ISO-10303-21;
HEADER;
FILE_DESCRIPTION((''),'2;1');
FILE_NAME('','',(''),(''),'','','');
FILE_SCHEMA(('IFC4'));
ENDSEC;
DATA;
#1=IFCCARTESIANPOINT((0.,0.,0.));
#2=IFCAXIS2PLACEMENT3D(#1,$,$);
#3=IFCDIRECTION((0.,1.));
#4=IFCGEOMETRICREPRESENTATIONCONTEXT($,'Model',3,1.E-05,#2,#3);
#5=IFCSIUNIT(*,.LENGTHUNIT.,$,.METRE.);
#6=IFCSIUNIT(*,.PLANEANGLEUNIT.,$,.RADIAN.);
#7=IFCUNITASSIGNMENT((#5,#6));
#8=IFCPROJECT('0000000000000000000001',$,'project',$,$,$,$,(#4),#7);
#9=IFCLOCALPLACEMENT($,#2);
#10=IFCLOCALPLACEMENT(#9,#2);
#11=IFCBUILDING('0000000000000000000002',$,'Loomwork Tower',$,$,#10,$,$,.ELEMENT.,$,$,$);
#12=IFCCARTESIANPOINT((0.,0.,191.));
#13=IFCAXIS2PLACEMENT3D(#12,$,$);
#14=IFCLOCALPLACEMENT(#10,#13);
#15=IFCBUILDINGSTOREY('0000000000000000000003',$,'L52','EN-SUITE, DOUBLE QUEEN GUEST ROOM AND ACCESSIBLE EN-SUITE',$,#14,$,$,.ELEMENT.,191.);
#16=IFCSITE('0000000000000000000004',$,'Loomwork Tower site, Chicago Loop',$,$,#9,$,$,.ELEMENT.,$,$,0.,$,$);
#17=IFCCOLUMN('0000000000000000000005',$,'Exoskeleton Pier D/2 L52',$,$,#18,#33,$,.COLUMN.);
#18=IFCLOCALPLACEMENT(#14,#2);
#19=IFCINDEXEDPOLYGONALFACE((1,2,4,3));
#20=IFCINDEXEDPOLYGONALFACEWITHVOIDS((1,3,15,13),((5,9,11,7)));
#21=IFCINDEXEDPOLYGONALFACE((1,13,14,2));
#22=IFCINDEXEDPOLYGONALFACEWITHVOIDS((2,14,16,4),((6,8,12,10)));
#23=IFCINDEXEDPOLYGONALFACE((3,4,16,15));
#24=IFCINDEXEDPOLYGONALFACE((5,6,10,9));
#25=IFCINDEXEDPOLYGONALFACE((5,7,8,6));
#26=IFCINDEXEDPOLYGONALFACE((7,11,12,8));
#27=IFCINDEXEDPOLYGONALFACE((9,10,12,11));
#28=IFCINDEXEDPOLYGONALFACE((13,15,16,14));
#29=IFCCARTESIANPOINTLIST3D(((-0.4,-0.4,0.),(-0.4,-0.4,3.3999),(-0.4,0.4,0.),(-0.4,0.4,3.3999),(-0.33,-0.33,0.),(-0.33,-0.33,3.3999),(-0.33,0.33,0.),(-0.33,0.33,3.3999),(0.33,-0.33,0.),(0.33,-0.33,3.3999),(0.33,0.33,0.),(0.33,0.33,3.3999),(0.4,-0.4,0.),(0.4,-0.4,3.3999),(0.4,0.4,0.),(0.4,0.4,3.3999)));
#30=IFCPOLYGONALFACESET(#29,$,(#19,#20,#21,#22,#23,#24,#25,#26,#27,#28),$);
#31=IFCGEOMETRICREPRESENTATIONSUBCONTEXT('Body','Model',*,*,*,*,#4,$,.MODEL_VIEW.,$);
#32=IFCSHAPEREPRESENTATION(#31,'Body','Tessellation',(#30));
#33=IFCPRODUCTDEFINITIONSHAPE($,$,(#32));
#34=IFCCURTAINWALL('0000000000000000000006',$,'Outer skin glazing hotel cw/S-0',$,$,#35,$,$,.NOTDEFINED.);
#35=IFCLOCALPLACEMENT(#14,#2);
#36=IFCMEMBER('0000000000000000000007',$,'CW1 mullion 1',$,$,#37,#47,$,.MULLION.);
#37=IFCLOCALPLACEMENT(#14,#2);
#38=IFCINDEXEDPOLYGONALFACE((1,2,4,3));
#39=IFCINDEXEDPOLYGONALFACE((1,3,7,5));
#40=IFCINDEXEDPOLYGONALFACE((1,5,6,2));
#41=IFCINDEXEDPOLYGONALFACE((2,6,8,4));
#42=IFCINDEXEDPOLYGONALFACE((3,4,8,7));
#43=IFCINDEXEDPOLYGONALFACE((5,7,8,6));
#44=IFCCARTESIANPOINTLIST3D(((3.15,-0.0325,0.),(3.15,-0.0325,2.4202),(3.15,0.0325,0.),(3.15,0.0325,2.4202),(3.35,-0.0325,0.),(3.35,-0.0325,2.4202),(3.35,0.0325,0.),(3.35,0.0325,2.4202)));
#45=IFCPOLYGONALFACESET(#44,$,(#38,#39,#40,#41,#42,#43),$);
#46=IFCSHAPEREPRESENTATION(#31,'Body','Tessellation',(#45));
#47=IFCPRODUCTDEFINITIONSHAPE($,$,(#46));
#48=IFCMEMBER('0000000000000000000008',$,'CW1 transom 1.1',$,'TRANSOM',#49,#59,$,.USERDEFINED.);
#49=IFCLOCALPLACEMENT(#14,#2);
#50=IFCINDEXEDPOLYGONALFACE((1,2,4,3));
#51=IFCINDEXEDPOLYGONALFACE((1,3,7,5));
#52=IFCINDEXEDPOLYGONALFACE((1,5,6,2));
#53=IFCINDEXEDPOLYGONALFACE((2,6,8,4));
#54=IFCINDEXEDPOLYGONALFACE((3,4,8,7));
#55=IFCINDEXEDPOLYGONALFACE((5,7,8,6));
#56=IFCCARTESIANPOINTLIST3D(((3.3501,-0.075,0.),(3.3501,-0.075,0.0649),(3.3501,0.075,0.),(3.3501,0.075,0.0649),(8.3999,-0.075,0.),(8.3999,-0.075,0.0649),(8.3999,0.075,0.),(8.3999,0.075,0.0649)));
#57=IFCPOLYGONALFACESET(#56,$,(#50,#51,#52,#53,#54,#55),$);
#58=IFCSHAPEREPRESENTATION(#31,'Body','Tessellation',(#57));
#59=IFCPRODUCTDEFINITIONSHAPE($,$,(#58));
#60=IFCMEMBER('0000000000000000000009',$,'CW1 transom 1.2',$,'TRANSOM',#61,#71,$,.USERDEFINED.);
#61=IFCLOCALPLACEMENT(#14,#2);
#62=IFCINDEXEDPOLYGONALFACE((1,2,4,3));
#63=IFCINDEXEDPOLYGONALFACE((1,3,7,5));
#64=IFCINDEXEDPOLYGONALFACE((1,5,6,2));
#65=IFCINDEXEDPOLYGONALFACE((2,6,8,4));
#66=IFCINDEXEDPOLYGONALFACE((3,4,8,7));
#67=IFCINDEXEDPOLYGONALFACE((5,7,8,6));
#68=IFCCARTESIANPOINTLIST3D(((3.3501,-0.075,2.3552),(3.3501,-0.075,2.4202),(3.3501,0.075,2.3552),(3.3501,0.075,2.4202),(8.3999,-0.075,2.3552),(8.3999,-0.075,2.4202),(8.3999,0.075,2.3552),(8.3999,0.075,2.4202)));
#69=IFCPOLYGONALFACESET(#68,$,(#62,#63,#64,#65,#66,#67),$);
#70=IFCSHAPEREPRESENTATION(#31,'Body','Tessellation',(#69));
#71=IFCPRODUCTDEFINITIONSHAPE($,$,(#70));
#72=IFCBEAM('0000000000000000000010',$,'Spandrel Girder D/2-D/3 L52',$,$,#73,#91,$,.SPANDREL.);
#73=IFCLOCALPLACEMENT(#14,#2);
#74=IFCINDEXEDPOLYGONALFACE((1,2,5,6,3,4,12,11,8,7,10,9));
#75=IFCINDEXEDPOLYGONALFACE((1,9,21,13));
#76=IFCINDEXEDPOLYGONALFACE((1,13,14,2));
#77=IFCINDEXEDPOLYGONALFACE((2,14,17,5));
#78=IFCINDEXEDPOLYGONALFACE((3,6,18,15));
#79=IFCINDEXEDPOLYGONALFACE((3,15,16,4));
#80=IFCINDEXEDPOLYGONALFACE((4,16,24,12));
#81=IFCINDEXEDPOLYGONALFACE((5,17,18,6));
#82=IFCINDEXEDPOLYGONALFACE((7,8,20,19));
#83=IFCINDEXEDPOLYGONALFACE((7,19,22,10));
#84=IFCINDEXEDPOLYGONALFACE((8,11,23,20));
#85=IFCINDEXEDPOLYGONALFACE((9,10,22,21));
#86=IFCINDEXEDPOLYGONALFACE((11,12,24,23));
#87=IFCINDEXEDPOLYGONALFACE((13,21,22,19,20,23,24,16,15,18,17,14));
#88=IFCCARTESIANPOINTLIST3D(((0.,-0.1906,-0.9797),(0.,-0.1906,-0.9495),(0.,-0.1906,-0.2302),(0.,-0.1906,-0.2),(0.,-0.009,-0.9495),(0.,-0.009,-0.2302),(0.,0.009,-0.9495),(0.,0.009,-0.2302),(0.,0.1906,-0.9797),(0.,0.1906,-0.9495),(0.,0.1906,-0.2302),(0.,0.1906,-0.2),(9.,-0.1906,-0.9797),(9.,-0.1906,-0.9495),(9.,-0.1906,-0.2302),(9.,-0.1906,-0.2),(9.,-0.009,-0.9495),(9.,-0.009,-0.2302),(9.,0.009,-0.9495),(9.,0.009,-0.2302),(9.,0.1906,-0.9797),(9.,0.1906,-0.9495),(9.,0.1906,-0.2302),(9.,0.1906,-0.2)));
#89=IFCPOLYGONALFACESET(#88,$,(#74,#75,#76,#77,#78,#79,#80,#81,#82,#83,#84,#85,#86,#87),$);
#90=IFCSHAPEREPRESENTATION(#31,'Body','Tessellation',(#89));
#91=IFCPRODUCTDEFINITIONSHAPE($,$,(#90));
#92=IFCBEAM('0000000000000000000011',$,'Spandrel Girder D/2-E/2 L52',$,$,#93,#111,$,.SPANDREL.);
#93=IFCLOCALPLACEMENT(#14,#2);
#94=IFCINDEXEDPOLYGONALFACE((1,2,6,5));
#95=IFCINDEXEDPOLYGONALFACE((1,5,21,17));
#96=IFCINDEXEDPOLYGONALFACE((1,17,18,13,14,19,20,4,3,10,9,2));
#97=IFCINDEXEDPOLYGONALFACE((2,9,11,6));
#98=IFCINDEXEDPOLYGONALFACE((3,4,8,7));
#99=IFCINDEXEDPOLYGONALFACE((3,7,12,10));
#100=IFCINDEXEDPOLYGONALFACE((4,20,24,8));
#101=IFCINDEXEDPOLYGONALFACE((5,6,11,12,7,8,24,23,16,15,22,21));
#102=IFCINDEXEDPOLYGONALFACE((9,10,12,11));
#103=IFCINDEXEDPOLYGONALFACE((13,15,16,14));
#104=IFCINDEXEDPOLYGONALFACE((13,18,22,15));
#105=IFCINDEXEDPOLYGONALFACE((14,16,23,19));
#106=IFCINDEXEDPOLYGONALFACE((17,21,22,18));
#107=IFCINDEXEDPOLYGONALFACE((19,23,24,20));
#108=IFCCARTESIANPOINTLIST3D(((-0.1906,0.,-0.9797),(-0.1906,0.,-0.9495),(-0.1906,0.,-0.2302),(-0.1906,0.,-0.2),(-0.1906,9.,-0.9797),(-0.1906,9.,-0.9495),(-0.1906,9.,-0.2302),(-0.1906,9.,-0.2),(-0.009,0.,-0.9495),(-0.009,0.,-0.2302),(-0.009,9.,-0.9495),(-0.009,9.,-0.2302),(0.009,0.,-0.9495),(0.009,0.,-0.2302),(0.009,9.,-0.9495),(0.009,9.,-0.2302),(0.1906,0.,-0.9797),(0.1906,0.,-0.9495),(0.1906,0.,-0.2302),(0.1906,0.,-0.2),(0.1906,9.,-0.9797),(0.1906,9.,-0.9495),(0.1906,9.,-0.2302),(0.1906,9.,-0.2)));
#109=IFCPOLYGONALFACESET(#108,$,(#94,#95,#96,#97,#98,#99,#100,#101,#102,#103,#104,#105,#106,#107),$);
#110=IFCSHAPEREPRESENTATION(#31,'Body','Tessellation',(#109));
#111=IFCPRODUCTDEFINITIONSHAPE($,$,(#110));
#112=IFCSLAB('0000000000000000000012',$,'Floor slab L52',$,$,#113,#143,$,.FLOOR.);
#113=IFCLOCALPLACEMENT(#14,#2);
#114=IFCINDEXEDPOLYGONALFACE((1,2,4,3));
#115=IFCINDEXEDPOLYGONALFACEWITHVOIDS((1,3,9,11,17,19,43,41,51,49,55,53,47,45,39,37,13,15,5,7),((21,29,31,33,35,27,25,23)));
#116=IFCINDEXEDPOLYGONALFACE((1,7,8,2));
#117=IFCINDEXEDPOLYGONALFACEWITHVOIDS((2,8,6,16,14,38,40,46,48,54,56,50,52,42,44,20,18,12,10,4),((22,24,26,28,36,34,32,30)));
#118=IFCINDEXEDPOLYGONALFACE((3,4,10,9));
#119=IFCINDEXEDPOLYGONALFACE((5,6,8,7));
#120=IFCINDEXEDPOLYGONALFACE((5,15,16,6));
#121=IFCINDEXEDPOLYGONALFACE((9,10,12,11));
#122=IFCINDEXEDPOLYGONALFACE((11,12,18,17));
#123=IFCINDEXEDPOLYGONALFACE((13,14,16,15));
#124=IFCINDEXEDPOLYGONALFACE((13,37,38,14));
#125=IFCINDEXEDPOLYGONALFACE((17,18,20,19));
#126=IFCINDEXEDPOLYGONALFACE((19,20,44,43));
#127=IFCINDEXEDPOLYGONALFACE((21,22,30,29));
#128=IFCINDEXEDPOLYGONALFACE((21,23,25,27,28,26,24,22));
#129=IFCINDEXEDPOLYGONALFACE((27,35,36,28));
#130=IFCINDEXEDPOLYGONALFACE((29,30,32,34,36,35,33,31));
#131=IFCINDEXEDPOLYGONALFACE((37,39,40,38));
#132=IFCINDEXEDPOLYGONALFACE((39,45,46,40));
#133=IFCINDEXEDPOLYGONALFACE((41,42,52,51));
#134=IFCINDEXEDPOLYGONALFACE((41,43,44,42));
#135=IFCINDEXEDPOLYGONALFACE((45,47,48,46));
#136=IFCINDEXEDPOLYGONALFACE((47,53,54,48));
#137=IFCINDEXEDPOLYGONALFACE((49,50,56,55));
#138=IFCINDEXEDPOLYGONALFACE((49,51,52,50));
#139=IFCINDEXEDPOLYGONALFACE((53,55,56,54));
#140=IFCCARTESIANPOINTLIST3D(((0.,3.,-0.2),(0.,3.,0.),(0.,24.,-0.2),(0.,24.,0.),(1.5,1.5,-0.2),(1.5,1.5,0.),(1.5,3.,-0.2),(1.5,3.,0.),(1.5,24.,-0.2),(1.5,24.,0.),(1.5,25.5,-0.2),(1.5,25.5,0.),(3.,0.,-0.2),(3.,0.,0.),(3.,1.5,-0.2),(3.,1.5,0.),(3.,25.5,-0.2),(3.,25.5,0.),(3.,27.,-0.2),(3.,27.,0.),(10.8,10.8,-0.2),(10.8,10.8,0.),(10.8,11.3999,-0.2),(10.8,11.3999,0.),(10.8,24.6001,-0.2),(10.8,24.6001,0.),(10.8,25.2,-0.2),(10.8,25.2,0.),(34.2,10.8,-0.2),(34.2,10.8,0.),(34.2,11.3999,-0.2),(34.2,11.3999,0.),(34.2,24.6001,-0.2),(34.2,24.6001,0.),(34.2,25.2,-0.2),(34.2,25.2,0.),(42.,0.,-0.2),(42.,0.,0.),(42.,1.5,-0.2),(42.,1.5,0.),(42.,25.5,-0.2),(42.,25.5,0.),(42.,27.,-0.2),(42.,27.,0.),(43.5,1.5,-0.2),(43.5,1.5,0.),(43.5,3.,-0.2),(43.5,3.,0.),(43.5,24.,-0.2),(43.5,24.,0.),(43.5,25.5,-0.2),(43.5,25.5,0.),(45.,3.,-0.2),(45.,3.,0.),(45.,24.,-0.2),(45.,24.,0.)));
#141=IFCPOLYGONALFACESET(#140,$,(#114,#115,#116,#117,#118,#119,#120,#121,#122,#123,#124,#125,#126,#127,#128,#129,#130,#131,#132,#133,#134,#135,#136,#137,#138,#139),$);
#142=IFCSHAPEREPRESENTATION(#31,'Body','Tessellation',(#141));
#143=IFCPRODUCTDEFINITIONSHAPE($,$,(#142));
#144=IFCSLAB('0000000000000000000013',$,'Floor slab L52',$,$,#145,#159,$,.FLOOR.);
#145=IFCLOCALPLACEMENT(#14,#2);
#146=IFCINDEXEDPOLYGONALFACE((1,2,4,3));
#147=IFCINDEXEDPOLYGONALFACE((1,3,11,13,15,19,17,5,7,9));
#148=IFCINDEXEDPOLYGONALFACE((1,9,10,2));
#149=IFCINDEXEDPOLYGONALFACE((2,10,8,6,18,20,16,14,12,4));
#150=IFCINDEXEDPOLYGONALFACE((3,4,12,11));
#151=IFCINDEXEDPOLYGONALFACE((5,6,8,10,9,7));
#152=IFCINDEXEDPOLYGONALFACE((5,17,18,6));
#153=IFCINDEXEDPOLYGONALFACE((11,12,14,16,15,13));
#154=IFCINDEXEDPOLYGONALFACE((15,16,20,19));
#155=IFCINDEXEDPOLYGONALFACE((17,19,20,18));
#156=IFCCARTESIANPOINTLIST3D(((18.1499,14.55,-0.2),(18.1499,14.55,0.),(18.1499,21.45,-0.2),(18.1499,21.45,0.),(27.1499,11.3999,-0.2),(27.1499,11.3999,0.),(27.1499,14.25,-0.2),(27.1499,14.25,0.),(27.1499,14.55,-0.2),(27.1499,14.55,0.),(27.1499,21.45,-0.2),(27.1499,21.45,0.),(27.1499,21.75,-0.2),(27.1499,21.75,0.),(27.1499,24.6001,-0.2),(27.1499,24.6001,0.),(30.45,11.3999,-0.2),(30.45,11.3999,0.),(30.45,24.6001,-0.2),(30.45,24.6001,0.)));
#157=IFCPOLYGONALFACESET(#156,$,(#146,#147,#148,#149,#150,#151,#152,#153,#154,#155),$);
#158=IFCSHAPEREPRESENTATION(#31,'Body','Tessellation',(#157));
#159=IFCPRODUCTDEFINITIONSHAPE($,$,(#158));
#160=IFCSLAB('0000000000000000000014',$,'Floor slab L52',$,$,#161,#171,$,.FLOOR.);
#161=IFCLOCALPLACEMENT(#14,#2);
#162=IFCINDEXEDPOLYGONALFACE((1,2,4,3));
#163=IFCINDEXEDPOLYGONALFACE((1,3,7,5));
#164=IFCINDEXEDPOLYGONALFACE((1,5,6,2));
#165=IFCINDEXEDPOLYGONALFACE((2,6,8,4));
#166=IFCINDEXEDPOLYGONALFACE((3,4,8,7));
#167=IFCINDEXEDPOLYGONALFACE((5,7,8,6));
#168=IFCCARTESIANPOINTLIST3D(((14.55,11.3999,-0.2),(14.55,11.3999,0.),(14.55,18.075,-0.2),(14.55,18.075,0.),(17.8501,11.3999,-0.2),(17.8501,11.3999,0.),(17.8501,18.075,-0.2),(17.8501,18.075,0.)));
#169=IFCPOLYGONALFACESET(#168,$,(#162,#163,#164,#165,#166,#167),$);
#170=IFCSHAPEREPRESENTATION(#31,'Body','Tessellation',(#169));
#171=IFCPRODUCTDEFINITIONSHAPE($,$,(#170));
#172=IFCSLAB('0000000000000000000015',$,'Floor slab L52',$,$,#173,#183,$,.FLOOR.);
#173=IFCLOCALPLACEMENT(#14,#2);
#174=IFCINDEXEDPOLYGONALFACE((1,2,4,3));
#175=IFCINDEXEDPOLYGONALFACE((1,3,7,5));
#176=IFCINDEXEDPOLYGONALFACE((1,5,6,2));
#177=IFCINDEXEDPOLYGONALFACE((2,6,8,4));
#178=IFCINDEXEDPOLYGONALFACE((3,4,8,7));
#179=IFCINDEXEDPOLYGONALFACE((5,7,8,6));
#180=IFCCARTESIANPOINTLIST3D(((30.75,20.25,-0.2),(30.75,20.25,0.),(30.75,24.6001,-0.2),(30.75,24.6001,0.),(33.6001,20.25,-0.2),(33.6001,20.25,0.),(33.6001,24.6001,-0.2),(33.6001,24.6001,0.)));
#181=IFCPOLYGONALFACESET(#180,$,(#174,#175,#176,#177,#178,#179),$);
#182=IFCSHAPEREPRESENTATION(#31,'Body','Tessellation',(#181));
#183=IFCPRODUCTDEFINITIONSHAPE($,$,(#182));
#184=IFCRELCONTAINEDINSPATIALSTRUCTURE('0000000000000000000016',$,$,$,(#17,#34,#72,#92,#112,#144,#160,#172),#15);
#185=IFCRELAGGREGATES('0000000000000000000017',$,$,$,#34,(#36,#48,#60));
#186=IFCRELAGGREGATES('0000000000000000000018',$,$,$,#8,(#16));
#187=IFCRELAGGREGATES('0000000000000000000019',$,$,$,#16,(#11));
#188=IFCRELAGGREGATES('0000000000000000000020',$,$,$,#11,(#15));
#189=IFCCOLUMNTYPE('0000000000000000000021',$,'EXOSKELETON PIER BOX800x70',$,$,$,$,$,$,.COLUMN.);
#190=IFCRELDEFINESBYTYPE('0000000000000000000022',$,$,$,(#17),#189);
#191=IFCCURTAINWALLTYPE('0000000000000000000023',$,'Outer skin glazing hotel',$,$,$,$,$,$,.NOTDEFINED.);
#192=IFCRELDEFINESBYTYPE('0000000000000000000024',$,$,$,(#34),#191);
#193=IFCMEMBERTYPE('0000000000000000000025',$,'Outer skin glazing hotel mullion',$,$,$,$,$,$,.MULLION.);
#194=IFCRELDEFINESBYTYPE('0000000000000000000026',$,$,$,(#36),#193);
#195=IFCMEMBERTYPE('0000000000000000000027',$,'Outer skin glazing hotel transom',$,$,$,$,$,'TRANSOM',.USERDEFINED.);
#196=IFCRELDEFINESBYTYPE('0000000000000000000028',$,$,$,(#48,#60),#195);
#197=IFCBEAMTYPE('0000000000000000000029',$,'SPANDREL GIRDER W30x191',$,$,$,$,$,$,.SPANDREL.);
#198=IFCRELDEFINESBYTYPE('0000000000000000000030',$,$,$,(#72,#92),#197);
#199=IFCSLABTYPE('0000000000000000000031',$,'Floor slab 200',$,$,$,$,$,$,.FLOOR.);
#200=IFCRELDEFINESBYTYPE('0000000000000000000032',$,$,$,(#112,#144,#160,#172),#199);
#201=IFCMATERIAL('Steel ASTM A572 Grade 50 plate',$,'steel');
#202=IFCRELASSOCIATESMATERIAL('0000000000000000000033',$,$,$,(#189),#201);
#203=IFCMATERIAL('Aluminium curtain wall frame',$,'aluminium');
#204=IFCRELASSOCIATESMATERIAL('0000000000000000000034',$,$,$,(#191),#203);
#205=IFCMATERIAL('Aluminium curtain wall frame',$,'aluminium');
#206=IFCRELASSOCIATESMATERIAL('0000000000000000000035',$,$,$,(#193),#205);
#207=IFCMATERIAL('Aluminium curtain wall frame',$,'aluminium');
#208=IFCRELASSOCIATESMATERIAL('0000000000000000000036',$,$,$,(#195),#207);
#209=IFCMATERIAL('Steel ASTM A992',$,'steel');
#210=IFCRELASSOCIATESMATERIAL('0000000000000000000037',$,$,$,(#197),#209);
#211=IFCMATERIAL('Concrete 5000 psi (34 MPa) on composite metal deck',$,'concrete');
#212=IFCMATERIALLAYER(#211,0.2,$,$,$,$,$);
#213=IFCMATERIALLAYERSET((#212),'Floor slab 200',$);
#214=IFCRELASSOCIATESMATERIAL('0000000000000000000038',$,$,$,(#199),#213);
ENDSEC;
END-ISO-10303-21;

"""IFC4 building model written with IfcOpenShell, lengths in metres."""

from ifc_helpers import new_model, si_unit, direction, frame, origin, origin_with_axes, origin_2d, place, context, subcontext, project, spatial, polyline, rectangle, hollow_rectangle, i_section, outline, extrude, material, layer, layer_set, material_profile, profile_set, type_object, element, aggregate, save


model = new_model("IFC4")

# Units and contexts
model_context = context("Model", 3, precision=1e-05, world=origin(), true_north=direction((0.0, 1.0)))
body_context = subcontext(model_context, "Body", "Model", "MODEL_VIEW")
ifc_project = project(units=[si_unit("LENGTHUNIT", "METRE"), si_unit("PLANEANGLEUNIT", "RADIAN")], contexts=[model_context])

# Site, building, storey
site_placement = place(None, origin())
site = spatial("IfcSite", under=ifc_project, at=site_placement, Name="Loomwork Tower site, Chicago Loop", CompositionType="ELEMENT", RefElevation=0.0)
building_placement = place(site_placement, origin())
building = spatial("IfcBuilding", under=site, at=building_placement, Name="Loomwork Tower", CompositionType="ELEMENT")
storey_placement = place(building_placement, frame((0.0, 0.0, 191.0)))
storey = spatial("IfcBuildingStorey", under=building, at=storey_placement, Name="L52", Description="EN-SUITE, DOUBLE QUEEN GUEST ROOM AND ACCESSIBLE EN-SUITE", CompositionType="ELEMENT", Elevation=191.0)

# Column
ifc_material_1 = material(Name="Steel ASTM A572 Grade 50 plate", Category="steel")
ifc_material_profile_1 = material_profile(ifc_material_1, hollow_rectangle(XDim=0.8, YDim=0.8, WallThickness=0.0701, at=origin_2d()), Name="BOX800x70")
ifc_profile_set_1 = profile_set([ifc_material_profile_1], Name="Steel ASTM A572 Grade 50 plate")
column_type = type_object("IfcColumnType", Name="EXOSKELETON PIER BOX800x70", PredefinedType="COLUMN", material=ifc_profile_set_1)
column_placement = place(storey_placement, origin_with_axes())
element("IfcColumn", 1, at=column_placement, inside=storey, type_object=column_type, Name="Exoskeleton Pier D/2 L52", PredefinedType="COLUMN", context=body_context, shape_type="SweptSolid", body=[
    extrude(hollow_rectangle(XDim=0.8, YDim=0.8, WallThickness=0.0701, at=origin_2d()), origin(), (0.0, 0.0, 1.0), 3.3999),
])

# Curtain wall, members
ifc_material_2 = material(Name="Aluminium curtain wall frame", Category="aluminium")
curtain_wall_type = type_object("IfcCurtainWallType", Name="Outer skin glazing hotel", PredefinedType="NOTDEFINED", material=ifc_material_2)
curtain_wall_placement = place(storey_placement, origin())
curtain_wall = element("IfcCurtainWall", 2, at=curtain_wall_placement, inside=storey, type_object=curtain_wall_type, Name="Outer skin glazing hotel cw/S-0", PredefinedType="NOTDEFINED")
ifc_material_3 = material(Name="Aluminium curtain wall frame", Category="aluminium")
ifc_material_profile_2 = material_profile(ifc_material_3, rectangle(XDim=0.0649, YDim=0.2, at=origin_2d()), Name="AL 65x200")
ifc_profile_set_2 = profile_set([ifc_material_profile_2], Name="Aluminium curtain wall frame")
member_type_1 = type_object("IfcMemberType", Name="Outer skin glazing hotel mullion", PredefinedType="MULLION", material=ifc_profile_set_2)
member_1_placement = place(storey_placement, frame((3.25, 0.0, 0.0), z_axis=(0.0, 0.0, 1.0), x_axis=(0.0, 1.0, 0.0)))
member_1 = element("IfcMember", 3, at=member_1_placement, type_object=member_type_1, Name="CW1 mullion 1", PredefinedType="MULLION", context=body_context, shape_type="SweptSolid", body=[
    extrude(rectangle(XDim=0.0649, YDim=0.2, at=origin_2d()), origin(), (0.0, 0.0, 1.0), 2.4202),
])
ifc_material_4 = material(Name="Aluminium curtain wall frame", Category="aluminium")
ifc_material_profile_3 = material_profile(ifc_material_4, rectangle(XDim=0.1499, YDim=0.0649, at=origin_2d()), Name="AL 65x150")
ifc_profile_set_3 = profile_set([ifc_material_profile_3], Name="Aluminium curtain wall frame")
member_type_2 = type_object("IfcMemberType", Name="Outer skin glazing hotel transom", ElementType="TRANSOM", PredefinedType="USERDEFINED", material=ifc_profile_set_3)
member_2_placement = place(storey_placement, frame((3.3501, 0.0, 0.0325), z_axis=(1.0, 0.0, 0.0), x_axis=(0.0, 1.0, 0.0)))
member_2 = element("IfcMember", 4, at=member_2_placement, type_object=member_type_2, Name="CW1 transom 1.1", ObjectType="TRANSOM", PredefinedType="USERDEFINED", context=body_context, shape_type="SweptSolid", body=[
    extrude(rectangle(XDim=0.1499, YDim=0.0649, at=origin_2d()), origin(), (0.0, 0.0, 1.0), 5.0498),
])
member_3_placement = place(storey_placement, frame((3.3501, 0.0, 2.3877), z_axis=(1.0, 0.0, 0.0), x_axis=(0.0, 1.0, 0.0)))
member_3 = element("IfcMember", 5, at=member_3_placement, type_object=member_type_2, Name="CW1 transom 1.2", ObjectType="TRANSOM", PredefinedType="USERDEFINED", context=body_context, shape_type="SweptSolid", body=[
    extrude(rectangle(XDim=0.1499, YDim=0.0649, at=origin_2d()), origin(), (0.0, 0.0, 1.0), 5.0498),
])
aggregate(curtain_wall, [member_1, member_2, member_3])

# Beams
ifc_material_5 = material(Name="Steel ASTM A992", Category="steel")
ifc_material_profile_4 = material_profile(ifc_material_5, i_section(OverallWidth=0.3811, OverallDepth=0.7798, WebThickness=0.0181, FlangeThickness=0.0303, at=origin_2d()), Name="W30x191")
ifc_profile_set_4 = profile_set([ifc_material_profile_4], Name="Steel ASTM A992")
beam_type = type_object("IfcBeamType", Name="SPANDREL GIRDER W30x191", PredefinedType="SPANDREL", material=ifc_profile_set_4)
for number, where, z_axis, x_axis, name in (
    (6, (0.0, 0.0, -0.5898), (1.0, 0.0, 0.0), (0.0, 1.0, 0.0), "Spandrel Girder D/2-D/3 L52"),
    (7, (0.0, 0.0, -0.5898), (0.0, 1.0, 0.0), (-1.0, 0.0, 0.0), "Spandrel Girder D/2-E/2 L52"),
):
    element("IfcBeam", number, at=place(storey_placement, frame(where, z_axis=z_axis, x_axis=x_axis)), inside=storey, type_object=beam_type, Name=name, PredefinedType="SPANDREL", context=body_context, shape_type="SweptSolid", body=[
        extrude(i_section(OverallWidth=0.3811, OverallDepth=0.7798, WebThickness=0.0181, FlangeThickness=0.0303, at=origin_2d()), origin(), (0.0, 0.0, 1.0), 9.0),
    ])

# Slabs
ifc_material_6 = material(Name="Concrete 5000 psi (34 MPa) on composite metal deck", Category="concrete")
ifc_layer_1 = layer(ifc_material_6, 0.2)
ifc_layer_set_1 = layer_set([ifc_layer_1], Name="Floor slab 200")
slab_type_1 = type_object("IfcSlabType", Name="Floor slab 200", PredefinedType="FLOOR", material=ifc_layer_set_1)
slab_1_placement = place(storey_placement, frame((0.0, 0.0, -0.2)))
element("IfcSlab", 8, at=slab_1_placement, inside=storey, type_object=slab_type_1, Name="Floor slab L52", PredefinedType="FLOOR", context=body_context, shape_type="SweptSolid", body=[
    extrude(outline(polyline([(3.0, 1.5), (1.5, 1.5), (1.5, 3.0), (0.0, 3.0), (0.0, 24.0), (1.5, 24.0), (1.5, 25.5), (3.0, 25.5), (3.0, 27.0), (42.0, 27.0), (42.0, 25.5), (43.5, 25.5), (43.5, 24.0), (45.0, 24.0), (45.0, 3.0), (43.5, 3.0), (43.5, 1.5), (42.0, 1.5), (42.0, 0.0), (3.0, 0.0), (3.0, 1.5)]), holes=[polyline([(10.8, 11.3999), (10.8, 11.3999), (10.8, 10.8), (34.2, 10.8), (34.2, 11.3999), (34.2, 11.3999), (34.2, 24.6001), (34.2, 25.2), (10.8, 25.2), (10.8, 24.6001), (10.8, 11.3999)])]), origin(), (0.0, 0.0, 1.0), 0.2),
])
slab_2_placement = place(storey_placement, frame((0.0, 0.0, -0.2)))
element("IfcSlab", 9, at=slab_2_placement, inside=storey, type_object=slab_type_1, Name="Floor slab L52", PredefinedType="FLOOR", context=body_context, shape_type="SweptSolid", body=[
    extrude(outline(polyline([(30.45, 24.6001), (30.45, 11.3999), (27.1499, 11.3999), (27.1499, 14.25), (27.1499, 14.55), (18.1499, 14.55), (18.1499, 21.45), (27.1499, 21.45), (27.1499, 21.75), (27.1499, 24.6001), (30.45, 24.6001)])), origin(), (0.0, 0.0, 1.0), 0.2),
])
slab_3_placement = place(storey_placement, frame((0.0, 0.0, -0.2)))
element("IfcSlab", 10, at=slab_3_placement, inside=storey, type_object=slab_type_1, Name="Floor slab L52", PredefinedType="FLOOR", context=body_context, shape_type="SweptSolid", body=[
    extrude(outline(polyline([(14.55, 11.3999), (14.55, 18.075), (17.8501, 18.075), (17.8501, 11.3999), (14.55, 11.3999)])), origin(), (0.0, 0.0, 1.0), 0.2),
])
slab_4_placement = place(storey_placement, frame((0.0, 0.0, -0.2)))
element("IfcSlab", 11, at=slab_4_placement, inside=storey, type_object=slab_type_1, Name="Floor slab L52", PredefinedType="FLOOR", context=body_context, shape_type="SweptSolid", body=[
    extrude(outline(polyline([(33.6001, 20.25), (30.75, 20.25), (30.75, 24.6001), (33.6001, 24.6001), (33.6001, 20.25)])), origin(), (0.0, 0.0, 1.0), 0.2),
])

save(model, "model.ifc")
